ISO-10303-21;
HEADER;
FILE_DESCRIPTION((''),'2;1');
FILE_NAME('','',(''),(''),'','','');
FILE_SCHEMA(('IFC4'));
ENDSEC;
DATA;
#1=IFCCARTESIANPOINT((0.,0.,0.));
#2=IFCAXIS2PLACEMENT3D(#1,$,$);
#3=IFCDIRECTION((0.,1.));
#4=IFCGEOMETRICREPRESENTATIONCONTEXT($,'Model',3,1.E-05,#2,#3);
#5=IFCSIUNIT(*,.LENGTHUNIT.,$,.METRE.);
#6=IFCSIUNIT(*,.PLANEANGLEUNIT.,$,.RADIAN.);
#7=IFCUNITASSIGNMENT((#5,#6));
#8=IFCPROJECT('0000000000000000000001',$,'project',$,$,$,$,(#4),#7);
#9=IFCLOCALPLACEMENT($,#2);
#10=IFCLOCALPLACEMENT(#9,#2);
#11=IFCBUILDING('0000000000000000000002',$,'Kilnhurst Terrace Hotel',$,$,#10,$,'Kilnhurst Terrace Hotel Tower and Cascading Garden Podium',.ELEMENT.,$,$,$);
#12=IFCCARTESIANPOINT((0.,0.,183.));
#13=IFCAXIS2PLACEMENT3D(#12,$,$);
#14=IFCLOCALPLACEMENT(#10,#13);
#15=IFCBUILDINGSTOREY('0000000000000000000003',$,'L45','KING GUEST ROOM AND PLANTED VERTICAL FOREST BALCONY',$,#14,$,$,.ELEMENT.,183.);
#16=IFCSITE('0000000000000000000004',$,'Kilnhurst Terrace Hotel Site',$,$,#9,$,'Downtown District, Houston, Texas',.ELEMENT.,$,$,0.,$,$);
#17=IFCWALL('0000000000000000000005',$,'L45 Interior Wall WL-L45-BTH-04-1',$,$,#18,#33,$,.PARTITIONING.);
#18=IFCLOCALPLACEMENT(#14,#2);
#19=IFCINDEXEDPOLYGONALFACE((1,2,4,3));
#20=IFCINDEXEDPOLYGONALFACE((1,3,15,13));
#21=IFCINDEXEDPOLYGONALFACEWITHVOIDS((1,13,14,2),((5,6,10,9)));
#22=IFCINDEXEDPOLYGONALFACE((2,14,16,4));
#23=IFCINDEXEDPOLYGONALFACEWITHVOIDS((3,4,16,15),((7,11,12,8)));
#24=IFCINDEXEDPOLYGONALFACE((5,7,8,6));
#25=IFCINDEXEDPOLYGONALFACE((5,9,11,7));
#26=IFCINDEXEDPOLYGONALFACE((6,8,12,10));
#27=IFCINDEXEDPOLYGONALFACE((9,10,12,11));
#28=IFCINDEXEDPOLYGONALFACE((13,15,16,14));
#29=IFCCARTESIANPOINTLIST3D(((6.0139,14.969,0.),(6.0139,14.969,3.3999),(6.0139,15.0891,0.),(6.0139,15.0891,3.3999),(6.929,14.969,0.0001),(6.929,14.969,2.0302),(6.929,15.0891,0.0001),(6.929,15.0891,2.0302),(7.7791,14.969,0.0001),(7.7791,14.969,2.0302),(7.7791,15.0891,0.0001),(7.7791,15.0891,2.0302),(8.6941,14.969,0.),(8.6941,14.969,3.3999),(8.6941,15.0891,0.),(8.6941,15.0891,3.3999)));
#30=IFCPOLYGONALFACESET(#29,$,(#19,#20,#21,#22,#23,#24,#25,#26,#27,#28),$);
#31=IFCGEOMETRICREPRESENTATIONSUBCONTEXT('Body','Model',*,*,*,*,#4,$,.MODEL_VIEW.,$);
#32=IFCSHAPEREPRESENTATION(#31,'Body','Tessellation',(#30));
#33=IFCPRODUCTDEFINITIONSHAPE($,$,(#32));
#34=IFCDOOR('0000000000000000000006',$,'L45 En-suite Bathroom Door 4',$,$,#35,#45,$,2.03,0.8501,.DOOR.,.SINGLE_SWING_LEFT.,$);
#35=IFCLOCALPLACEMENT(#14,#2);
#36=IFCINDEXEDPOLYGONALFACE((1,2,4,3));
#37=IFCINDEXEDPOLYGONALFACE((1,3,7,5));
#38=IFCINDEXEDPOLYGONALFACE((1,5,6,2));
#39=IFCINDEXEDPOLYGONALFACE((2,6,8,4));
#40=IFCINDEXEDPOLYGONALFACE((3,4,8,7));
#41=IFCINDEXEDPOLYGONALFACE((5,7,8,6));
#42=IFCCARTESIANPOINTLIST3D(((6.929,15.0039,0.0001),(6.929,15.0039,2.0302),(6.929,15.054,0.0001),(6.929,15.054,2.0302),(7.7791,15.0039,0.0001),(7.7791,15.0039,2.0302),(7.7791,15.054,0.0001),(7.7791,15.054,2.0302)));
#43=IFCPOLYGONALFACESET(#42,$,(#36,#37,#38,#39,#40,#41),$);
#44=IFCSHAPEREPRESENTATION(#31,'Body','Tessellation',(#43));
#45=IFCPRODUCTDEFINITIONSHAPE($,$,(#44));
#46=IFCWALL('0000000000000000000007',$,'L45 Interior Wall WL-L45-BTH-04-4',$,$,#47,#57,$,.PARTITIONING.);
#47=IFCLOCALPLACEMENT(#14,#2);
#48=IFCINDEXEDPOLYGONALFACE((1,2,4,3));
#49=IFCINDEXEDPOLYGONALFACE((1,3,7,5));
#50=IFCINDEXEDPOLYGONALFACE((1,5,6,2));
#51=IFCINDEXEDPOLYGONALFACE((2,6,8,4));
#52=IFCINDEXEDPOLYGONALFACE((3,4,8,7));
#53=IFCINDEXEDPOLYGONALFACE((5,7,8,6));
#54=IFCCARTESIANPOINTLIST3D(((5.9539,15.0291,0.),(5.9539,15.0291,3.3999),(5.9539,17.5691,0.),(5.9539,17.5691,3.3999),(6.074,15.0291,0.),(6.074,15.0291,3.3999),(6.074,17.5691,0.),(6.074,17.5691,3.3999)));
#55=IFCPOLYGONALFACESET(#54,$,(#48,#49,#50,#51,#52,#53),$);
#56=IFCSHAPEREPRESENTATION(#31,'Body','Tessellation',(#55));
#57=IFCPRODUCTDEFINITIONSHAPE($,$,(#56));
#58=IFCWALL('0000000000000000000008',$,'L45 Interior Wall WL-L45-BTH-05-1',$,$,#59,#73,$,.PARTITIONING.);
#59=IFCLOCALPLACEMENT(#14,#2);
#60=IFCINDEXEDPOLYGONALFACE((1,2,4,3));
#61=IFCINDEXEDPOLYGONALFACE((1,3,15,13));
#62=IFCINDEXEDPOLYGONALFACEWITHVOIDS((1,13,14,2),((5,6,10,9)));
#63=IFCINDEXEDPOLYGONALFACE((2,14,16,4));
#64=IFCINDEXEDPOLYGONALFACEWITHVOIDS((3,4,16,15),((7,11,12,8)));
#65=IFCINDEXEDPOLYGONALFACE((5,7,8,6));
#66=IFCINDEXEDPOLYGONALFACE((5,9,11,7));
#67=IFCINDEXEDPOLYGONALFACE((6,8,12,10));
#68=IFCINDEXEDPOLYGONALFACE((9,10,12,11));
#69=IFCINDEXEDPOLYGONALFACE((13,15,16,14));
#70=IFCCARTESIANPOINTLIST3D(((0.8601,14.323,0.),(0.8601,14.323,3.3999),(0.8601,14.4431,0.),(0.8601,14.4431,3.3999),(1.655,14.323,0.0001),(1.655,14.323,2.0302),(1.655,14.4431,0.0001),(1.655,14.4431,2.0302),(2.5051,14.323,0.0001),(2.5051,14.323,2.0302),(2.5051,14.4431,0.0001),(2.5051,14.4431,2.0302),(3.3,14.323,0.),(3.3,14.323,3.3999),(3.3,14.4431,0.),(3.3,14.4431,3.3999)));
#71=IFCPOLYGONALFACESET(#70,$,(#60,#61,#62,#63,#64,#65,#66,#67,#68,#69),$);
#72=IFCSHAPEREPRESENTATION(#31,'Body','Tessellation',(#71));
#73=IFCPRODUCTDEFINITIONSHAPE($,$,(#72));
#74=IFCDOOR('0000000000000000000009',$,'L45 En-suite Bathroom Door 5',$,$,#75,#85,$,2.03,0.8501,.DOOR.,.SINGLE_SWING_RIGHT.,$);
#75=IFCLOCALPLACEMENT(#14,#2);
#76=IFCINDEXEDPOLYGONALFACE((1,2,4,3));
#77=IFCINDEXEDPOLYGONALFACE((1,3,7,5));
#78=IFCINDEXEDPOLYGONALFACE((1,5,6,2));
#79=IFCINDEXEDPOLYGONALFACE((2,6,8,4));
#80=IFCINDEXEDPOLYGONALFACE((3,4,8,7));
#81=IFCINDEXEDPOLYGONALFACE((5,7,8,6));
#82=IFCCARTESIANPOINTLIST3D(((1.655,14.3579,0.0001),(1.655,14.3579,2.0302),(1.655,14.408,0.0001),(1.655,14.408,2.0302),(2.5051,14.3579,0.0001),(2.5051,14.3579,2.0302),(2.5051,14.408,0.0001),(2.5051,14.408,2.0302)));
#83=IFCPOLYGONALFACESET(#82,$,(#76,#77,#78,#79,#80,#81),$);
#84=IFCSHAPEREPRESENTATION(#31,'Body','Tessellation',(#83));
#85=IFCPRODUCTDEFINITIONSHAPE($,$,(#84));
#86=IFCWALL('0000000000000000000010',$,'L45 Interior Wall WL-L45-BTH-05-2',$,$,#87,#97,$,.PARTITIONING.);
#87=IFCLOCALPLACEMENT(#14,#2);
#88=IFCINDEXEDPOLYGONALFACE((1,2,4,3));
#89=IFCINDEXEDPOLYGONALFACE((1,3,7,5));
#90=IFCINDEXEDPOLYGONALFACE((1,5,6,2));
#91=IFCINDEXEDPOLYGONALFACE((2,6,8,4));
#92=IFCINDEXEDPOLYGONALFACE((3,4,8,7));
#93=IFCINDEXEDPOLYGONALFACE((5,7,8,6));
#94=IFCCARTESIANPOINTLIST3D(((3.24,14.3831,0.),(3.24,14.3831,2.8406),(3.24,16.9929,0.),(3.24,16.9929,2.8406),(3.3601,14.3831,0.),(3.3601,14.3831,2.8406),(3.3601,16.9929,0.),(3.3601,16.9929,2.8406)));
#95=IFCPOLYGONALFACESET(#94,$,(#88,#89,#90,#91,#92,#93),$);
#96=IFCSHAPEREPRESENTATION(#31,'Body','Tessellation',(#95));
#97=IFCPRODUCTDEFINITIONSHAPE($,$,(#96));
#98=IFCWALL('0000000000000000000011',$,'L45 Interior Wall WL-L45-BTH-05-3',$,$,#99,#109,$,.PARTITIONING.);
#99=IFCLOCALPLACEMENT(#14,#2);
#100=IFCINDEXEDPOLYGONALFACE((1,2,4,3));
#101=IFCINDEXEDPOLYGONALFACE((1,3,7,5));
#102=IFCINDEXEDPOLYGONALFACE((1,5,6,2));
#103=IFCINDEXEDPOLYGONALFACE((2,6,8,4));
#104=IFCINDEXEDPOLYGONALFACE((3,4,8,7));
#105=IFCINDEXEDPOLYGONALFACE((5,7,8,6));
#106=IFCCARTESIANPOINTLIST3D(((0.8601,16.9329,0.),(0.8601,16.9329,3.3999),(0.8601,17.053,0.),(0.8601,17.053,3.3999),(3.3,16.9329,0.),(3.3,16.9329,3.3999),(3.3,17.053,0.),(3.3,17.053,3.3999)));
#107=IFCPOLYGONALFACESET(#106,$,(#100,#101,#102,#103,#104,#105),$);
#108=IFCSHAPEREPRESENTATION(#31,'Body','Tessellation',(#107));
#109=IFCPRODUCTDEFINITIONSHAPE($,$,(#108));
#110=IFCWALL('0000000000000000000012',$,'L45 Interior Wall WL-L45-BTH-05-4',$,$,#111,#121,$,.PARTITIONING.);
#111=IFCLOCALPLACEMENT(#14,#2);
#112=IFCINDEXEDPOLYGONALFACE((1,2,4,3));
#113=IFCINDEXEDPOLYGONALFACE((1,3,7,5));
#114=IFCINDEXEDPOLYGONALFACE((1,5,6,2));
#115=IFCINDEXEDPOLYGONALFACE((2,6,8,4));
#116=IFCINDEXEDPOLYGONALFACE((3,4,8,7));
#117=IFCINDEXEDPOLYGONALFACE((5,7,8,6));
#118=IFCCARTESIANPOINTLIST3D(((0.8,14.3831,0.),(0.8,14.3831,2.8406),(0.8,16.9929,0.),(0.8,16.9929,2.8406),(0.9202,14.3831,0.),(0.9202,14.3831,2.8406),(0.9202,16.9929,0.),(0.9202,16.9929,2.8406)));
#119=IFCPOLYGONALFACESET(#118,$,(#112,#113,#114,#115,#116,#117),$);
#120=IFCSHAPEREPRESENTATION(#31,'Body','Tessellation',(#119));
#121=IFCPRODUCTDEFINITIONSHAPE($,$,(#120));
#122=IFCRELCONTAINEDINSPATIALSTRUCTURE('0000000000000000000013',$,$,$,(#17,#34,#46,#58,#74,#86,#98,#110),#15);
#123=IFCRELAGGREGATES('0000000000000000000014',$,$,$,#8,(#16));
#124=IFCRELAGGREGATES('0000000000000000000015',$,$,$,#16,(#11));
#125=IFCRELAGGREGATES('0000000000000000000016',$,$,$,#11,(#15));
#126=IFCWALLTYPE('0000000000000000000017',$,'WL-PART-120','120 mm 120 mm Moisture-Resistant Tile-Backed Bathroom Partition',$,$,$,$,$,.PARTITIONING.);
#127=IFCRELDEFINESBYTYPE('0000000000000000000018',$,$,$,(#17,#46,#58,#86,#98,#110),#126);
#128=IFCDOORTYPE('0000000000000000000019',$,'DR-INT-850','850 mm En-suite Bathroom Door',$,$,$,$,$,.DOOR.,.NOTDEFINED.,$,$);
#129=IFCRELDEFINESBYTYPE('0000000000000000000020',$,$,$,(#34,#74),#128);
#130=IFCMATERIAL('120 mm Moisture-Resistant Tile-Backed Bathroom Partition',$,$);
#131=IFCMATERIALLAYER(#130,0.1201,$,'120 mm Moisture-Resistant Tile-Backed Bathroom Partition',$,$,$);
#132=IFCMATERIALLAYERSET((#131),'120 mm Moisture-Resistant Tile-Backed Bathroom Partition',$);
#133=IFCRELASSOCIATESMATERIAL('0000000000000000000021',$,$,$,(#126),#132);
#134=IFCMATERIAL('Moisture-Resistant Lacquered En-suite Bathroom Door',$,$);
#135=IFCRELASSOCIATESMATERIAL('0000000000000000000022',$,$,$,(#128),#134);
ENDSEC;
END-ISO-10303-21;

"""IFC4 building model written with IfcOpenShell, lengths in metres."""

from ifc_helpers import new_model, si_unit, direction, frame, frame_2d, origin, place, context, subcontext, project, spatial, rectangle, extrude, material, layer, layer_set, type_object, element, fill, save


model = new_model("IFC4")

# Units and contexts
model_context = context("Model", 3, precision=1e-05, world=origin(), true_north=direction((0.0, 1.0)))
body_context = subcontext(model_context, "Body", "Model", "MODEL_VIEW")
ifc_project = project(units=[si_unit("LENGTHUNIT", "METRE"), si_unit("PLANEANGLEUNIT", "RADIAN")], contexts=[model_context])

# Site, building, storey
site_placement = place(None, origin())
site = spatial("IfcSite", under=ifc_project, at=site_placement, Name="Kilnhurst Terrace Hotel Site", LongName="Downtown District, Houston, Texas", CompositionType="ELEMENT", RefElevation=0.0)
building_placement = place(site_placement, origin())
building = spatial("IfcBuilding", under=site, at=building_placement, Name="Kilnhurst Terrace Hotel", LongName="Kilnhurst Terrace Hotel Tower and Cascading Garden Podium", CompositionType="ELEMENT")
storey_placement = place(building_placement, frame((0.0, 0.0, 183.0)))
storey = spatial("IfcBuildingStorey", under=building, at=storey_placement, Name="L45", Description="KING GUEST ROOM AND PLANTED VERTICAL FOREST BALCONY", CompositionType="ELEMENT", Elevation=183.0)

# Wall, opening, door
ifc_material_1 = material(Name="120 mm Moisture-Resistant Tile-Backed Bathroom Partition")
ifc_layer_1 = layer(ifc_material_1, 0.1201, Name="120 mm Moisture-Resistant Tile-Backed Bathroom Partition")
ifc_layer_set_1 = layer_set([ifc_layer_1], Name="120 mm Moisture-Resistant Tile-Backed Bathroom Partition")
wall_type_1 = type_object("IfcWallType", Name="WL-PART-120", Description="120 mm 120 mm Moisture-Resistant Tile-Backed Bathroom Partition", PredefinedType="PARTITIONING", material=ifc_layer_set_1)
wall_1_placement = place(storey_placement, frame((6.0139, 15.0291, 0.0), z_axis=(0.0, 0.0, 1.0), x_axis=(1.0, 0.0, 0.0)))
wall_1 = element("IfcWall", 1, at=wall_1_placement, inside=storey, type_object=wall_type_1, Name="L45 Interior Wall WL-L45-BTH-04-1", PredefinedType="PARTITIONING", context=body_context, shape_type="SweptSolid", body=[
    extrude(rectangle(XDim=2.6802, YDim=0.1201, at=frame_2d((1.3401, 0.0))), origin(), (0.0, 0.0, 1.0), 3.3999),
])
opening_1_placement = place(wall_1_placement, frame((0.915, 0.0, 0.0)))
opening_1 = element("IfcOpeningElement", 2, at=opening_1_placement, cuts=wall_1, PredefinedType="OPENING", context=body_context, shape_type="SweptSolid", body=[
    extrude(rectangle(XDim=0.8501, YDim=2.03, at=frame_2d((0.425, 1.0151))), frame((0.0, 0.0701, 0.0), z_axis=(0.0, -1.0, 0.0), x_axis=(1.0, 0.0, 0.0)), (0.0, 0.0, 1.0), 0.1401),
])
ifc_material_2 = material(Name="Moisture-Resistant Lacquered En-suite Bathroom Door")
door_type_1 = type_object("IfcDoorType", Name="DR-INT-850", Description="850 mm En-suite Bathroom Door", OperationType="NOTDEFINED", PredefinedType="DOOR", material=ifc_material_2)
door_1_placement = place(opening_1_placement, origin())
door_1 = element("IfcDoor", 3, at=door_1_placement, inside=storey, type_object=door_type_1, Name="L45 En-suite Bathroom Door 4", OperationType="SINGLE_SWING_LEFT", OverallHeight=2.03, OverallWidth=0.8501, PredefinedType="DOOR", context=body_context, shape_type="SweptSolid", body=[
    extrude(rectangle(XDim=0.8501, YDim=2.03, at=frame_2d((0.425, 1.0151))), frame((0.0, 0.0249, 0.0), z_axis=(0.0, -1.0, 0.0), x_axis=(1.0, 0.0, 0.0)), (0.0, 0.0, 1.0), 0.05),
])
fill(opening_1, door_1)

# Wall
wall_2_placement = place(storey_placement, frame((6.0139, 17.5691, 0.0), z_axis=(0.0, 0.0, 1.0), x_axis=(0.0, -1.0, 0.0)))
element("IfcWall", 4, at=wall_2_placement, inside=storey, type_object=wall_type_1, Name="L45 Interior Wall WL-L45-BTH-04-4", PredefinedType="PARTITIONING", context=body_context, shape_type="SweptSolid", body=[
    extrude(rectangle(XDim=2.54, YDim=0.1201, at=frame_2d((1.27, 0.0))), origin(), (0.0, 0.0, 1.0), 3.3999),
])

# Wall, opening, door
wall_3_placement = place(storey_placement, frame((0.8601, 14.3831, 0.0), z_axis=(0.0, 0.0, 1.0), x_axis=(1.0, 0.0, 0.0)))
wall_3 = element("IfcWall", 5, at=wall_3_placement, inside=storey, type_object=wall_type_1, Name="L45 Interior Wall WL-L45-BTH-05-1", PredefinedType="PARTITIONING", context=body_context, shape_type="SweptSolid", body=[
    extrude(rectangle(XDim=2.4399, YDim=0.1201, at=frame_2d((1.22, 0.0))), origin(), (0.0, 0.0, 1.0), 3.3999),
])
opening_2_placement = place(wall_3_placement, frame((0.7949, 0.0, 0.0)))
opening_2 = element("IfcOpeningElement", 6, at=opening_2_placement, cuts=wall_3, PredefinedType="OPENING", context=body_context, shape_type="SweptSolid", body=[
    extrude(rectangle(XDim=0.8501, YDim=2.03, at=frame_2d((0.425, 1.0151))), frame((0.0, 0.0701, 0.0), z_axis=(0.0, -1.0, 0.0), x_axis=(1.0, 0.0, 0.0)), (0.0, 0.0, 1.0), 0.1401),
])
door_2_placement = place(opening_2_placement, origin())
door_2 = element("IfcDoor", 7, at=door_2_placement, inside=storey, type_object=door_type_1, Name="L45 En-suite Bathroom Door 5", OperationType="SINGLE_SWING_RIGHT", OverallHeight=2.03, OverallWidth=0.8501, PredefinedType="DOOR", context=body_context, shape_type="SweptSolid", body=[
    extrude(rectangle(XDim=0.8501, YDim=2.03, at=frame_2d((0.425, 1.0151))), frame((0.0, 0.0249, 0.0), z_axis=(0.0, -1.0, 0.0), x_axis=(1.0, 0.0, 0.0)), (0.0, 0.0, 1.0), 0.05),
])
fill(opening_2, door_2)

# Walls
wall_4_placement = place(storey_placement, frame((3.3, 14.3831, 0.0), z_axis=(0.0, 0.0, 1.0), x_axis=(0.0, 1.0, 0.0)))
element("IfcWall", 8, at=wall_4_placement, inside=storey, type_object=wall_type_1, Name="L45 Interior Wall WL-L45-BTH-05-2", PredefinedType="PARTITIONING", context=body_context, shape_type="SweptSolid", body=[
    extrude(rectangle(XDim=2.6099, YDim=0.1201, at=frame_2d((1.3049, 0.0))), origin(), (0.0, 0.0, 1.0), 2.8406),
])
wall_5_placement = place(storey_placement, frame((3.3, 16.9929, 0.0), z_axis=(0.0, 0.0, 1.0), x_axis=(-1.0, 0.0, 0.0)))
element("IfcWall", 9, at=wall_5_placement, inside=storey, type_object=wall_type_1, Name="L45 Interior Wall WL-L45-BTH-05-3", PredefinedType="PARTITIONING", context=body_context, shape_type="SweptSolid", body=[
    extrude(rectangle(XDim=2.4399, YDim=0.1201, at=frame_2d((1.22, 0.0))), origin(), (0.0, 0.0, 1.0), 3.3999),
])
wall_6_placement = place(storey_placement, frame((0.8601, 16.9929, 0.0), z_axis=(0.0, 0.0, 1.0), x_axis=(0.0, -1.0, 0.0)))
element("IfcWall", 10, at=wall_6_placement, inside=storey, type_object=wall_type_1, Name="L45 Interior Wall WL-L45-BTH-05-4", PredefinedType="PARTITIONING", context=body_context, shape_type="SweptSolid", body=[
    extrude(rectangle(XDim=2.6099, YDim=0.1201, at=frame_2d((1.3049, 0.0))), origin(), (0.0, 0.0, 1.0), 2.8406),
])

save(model, "model.ifc")
